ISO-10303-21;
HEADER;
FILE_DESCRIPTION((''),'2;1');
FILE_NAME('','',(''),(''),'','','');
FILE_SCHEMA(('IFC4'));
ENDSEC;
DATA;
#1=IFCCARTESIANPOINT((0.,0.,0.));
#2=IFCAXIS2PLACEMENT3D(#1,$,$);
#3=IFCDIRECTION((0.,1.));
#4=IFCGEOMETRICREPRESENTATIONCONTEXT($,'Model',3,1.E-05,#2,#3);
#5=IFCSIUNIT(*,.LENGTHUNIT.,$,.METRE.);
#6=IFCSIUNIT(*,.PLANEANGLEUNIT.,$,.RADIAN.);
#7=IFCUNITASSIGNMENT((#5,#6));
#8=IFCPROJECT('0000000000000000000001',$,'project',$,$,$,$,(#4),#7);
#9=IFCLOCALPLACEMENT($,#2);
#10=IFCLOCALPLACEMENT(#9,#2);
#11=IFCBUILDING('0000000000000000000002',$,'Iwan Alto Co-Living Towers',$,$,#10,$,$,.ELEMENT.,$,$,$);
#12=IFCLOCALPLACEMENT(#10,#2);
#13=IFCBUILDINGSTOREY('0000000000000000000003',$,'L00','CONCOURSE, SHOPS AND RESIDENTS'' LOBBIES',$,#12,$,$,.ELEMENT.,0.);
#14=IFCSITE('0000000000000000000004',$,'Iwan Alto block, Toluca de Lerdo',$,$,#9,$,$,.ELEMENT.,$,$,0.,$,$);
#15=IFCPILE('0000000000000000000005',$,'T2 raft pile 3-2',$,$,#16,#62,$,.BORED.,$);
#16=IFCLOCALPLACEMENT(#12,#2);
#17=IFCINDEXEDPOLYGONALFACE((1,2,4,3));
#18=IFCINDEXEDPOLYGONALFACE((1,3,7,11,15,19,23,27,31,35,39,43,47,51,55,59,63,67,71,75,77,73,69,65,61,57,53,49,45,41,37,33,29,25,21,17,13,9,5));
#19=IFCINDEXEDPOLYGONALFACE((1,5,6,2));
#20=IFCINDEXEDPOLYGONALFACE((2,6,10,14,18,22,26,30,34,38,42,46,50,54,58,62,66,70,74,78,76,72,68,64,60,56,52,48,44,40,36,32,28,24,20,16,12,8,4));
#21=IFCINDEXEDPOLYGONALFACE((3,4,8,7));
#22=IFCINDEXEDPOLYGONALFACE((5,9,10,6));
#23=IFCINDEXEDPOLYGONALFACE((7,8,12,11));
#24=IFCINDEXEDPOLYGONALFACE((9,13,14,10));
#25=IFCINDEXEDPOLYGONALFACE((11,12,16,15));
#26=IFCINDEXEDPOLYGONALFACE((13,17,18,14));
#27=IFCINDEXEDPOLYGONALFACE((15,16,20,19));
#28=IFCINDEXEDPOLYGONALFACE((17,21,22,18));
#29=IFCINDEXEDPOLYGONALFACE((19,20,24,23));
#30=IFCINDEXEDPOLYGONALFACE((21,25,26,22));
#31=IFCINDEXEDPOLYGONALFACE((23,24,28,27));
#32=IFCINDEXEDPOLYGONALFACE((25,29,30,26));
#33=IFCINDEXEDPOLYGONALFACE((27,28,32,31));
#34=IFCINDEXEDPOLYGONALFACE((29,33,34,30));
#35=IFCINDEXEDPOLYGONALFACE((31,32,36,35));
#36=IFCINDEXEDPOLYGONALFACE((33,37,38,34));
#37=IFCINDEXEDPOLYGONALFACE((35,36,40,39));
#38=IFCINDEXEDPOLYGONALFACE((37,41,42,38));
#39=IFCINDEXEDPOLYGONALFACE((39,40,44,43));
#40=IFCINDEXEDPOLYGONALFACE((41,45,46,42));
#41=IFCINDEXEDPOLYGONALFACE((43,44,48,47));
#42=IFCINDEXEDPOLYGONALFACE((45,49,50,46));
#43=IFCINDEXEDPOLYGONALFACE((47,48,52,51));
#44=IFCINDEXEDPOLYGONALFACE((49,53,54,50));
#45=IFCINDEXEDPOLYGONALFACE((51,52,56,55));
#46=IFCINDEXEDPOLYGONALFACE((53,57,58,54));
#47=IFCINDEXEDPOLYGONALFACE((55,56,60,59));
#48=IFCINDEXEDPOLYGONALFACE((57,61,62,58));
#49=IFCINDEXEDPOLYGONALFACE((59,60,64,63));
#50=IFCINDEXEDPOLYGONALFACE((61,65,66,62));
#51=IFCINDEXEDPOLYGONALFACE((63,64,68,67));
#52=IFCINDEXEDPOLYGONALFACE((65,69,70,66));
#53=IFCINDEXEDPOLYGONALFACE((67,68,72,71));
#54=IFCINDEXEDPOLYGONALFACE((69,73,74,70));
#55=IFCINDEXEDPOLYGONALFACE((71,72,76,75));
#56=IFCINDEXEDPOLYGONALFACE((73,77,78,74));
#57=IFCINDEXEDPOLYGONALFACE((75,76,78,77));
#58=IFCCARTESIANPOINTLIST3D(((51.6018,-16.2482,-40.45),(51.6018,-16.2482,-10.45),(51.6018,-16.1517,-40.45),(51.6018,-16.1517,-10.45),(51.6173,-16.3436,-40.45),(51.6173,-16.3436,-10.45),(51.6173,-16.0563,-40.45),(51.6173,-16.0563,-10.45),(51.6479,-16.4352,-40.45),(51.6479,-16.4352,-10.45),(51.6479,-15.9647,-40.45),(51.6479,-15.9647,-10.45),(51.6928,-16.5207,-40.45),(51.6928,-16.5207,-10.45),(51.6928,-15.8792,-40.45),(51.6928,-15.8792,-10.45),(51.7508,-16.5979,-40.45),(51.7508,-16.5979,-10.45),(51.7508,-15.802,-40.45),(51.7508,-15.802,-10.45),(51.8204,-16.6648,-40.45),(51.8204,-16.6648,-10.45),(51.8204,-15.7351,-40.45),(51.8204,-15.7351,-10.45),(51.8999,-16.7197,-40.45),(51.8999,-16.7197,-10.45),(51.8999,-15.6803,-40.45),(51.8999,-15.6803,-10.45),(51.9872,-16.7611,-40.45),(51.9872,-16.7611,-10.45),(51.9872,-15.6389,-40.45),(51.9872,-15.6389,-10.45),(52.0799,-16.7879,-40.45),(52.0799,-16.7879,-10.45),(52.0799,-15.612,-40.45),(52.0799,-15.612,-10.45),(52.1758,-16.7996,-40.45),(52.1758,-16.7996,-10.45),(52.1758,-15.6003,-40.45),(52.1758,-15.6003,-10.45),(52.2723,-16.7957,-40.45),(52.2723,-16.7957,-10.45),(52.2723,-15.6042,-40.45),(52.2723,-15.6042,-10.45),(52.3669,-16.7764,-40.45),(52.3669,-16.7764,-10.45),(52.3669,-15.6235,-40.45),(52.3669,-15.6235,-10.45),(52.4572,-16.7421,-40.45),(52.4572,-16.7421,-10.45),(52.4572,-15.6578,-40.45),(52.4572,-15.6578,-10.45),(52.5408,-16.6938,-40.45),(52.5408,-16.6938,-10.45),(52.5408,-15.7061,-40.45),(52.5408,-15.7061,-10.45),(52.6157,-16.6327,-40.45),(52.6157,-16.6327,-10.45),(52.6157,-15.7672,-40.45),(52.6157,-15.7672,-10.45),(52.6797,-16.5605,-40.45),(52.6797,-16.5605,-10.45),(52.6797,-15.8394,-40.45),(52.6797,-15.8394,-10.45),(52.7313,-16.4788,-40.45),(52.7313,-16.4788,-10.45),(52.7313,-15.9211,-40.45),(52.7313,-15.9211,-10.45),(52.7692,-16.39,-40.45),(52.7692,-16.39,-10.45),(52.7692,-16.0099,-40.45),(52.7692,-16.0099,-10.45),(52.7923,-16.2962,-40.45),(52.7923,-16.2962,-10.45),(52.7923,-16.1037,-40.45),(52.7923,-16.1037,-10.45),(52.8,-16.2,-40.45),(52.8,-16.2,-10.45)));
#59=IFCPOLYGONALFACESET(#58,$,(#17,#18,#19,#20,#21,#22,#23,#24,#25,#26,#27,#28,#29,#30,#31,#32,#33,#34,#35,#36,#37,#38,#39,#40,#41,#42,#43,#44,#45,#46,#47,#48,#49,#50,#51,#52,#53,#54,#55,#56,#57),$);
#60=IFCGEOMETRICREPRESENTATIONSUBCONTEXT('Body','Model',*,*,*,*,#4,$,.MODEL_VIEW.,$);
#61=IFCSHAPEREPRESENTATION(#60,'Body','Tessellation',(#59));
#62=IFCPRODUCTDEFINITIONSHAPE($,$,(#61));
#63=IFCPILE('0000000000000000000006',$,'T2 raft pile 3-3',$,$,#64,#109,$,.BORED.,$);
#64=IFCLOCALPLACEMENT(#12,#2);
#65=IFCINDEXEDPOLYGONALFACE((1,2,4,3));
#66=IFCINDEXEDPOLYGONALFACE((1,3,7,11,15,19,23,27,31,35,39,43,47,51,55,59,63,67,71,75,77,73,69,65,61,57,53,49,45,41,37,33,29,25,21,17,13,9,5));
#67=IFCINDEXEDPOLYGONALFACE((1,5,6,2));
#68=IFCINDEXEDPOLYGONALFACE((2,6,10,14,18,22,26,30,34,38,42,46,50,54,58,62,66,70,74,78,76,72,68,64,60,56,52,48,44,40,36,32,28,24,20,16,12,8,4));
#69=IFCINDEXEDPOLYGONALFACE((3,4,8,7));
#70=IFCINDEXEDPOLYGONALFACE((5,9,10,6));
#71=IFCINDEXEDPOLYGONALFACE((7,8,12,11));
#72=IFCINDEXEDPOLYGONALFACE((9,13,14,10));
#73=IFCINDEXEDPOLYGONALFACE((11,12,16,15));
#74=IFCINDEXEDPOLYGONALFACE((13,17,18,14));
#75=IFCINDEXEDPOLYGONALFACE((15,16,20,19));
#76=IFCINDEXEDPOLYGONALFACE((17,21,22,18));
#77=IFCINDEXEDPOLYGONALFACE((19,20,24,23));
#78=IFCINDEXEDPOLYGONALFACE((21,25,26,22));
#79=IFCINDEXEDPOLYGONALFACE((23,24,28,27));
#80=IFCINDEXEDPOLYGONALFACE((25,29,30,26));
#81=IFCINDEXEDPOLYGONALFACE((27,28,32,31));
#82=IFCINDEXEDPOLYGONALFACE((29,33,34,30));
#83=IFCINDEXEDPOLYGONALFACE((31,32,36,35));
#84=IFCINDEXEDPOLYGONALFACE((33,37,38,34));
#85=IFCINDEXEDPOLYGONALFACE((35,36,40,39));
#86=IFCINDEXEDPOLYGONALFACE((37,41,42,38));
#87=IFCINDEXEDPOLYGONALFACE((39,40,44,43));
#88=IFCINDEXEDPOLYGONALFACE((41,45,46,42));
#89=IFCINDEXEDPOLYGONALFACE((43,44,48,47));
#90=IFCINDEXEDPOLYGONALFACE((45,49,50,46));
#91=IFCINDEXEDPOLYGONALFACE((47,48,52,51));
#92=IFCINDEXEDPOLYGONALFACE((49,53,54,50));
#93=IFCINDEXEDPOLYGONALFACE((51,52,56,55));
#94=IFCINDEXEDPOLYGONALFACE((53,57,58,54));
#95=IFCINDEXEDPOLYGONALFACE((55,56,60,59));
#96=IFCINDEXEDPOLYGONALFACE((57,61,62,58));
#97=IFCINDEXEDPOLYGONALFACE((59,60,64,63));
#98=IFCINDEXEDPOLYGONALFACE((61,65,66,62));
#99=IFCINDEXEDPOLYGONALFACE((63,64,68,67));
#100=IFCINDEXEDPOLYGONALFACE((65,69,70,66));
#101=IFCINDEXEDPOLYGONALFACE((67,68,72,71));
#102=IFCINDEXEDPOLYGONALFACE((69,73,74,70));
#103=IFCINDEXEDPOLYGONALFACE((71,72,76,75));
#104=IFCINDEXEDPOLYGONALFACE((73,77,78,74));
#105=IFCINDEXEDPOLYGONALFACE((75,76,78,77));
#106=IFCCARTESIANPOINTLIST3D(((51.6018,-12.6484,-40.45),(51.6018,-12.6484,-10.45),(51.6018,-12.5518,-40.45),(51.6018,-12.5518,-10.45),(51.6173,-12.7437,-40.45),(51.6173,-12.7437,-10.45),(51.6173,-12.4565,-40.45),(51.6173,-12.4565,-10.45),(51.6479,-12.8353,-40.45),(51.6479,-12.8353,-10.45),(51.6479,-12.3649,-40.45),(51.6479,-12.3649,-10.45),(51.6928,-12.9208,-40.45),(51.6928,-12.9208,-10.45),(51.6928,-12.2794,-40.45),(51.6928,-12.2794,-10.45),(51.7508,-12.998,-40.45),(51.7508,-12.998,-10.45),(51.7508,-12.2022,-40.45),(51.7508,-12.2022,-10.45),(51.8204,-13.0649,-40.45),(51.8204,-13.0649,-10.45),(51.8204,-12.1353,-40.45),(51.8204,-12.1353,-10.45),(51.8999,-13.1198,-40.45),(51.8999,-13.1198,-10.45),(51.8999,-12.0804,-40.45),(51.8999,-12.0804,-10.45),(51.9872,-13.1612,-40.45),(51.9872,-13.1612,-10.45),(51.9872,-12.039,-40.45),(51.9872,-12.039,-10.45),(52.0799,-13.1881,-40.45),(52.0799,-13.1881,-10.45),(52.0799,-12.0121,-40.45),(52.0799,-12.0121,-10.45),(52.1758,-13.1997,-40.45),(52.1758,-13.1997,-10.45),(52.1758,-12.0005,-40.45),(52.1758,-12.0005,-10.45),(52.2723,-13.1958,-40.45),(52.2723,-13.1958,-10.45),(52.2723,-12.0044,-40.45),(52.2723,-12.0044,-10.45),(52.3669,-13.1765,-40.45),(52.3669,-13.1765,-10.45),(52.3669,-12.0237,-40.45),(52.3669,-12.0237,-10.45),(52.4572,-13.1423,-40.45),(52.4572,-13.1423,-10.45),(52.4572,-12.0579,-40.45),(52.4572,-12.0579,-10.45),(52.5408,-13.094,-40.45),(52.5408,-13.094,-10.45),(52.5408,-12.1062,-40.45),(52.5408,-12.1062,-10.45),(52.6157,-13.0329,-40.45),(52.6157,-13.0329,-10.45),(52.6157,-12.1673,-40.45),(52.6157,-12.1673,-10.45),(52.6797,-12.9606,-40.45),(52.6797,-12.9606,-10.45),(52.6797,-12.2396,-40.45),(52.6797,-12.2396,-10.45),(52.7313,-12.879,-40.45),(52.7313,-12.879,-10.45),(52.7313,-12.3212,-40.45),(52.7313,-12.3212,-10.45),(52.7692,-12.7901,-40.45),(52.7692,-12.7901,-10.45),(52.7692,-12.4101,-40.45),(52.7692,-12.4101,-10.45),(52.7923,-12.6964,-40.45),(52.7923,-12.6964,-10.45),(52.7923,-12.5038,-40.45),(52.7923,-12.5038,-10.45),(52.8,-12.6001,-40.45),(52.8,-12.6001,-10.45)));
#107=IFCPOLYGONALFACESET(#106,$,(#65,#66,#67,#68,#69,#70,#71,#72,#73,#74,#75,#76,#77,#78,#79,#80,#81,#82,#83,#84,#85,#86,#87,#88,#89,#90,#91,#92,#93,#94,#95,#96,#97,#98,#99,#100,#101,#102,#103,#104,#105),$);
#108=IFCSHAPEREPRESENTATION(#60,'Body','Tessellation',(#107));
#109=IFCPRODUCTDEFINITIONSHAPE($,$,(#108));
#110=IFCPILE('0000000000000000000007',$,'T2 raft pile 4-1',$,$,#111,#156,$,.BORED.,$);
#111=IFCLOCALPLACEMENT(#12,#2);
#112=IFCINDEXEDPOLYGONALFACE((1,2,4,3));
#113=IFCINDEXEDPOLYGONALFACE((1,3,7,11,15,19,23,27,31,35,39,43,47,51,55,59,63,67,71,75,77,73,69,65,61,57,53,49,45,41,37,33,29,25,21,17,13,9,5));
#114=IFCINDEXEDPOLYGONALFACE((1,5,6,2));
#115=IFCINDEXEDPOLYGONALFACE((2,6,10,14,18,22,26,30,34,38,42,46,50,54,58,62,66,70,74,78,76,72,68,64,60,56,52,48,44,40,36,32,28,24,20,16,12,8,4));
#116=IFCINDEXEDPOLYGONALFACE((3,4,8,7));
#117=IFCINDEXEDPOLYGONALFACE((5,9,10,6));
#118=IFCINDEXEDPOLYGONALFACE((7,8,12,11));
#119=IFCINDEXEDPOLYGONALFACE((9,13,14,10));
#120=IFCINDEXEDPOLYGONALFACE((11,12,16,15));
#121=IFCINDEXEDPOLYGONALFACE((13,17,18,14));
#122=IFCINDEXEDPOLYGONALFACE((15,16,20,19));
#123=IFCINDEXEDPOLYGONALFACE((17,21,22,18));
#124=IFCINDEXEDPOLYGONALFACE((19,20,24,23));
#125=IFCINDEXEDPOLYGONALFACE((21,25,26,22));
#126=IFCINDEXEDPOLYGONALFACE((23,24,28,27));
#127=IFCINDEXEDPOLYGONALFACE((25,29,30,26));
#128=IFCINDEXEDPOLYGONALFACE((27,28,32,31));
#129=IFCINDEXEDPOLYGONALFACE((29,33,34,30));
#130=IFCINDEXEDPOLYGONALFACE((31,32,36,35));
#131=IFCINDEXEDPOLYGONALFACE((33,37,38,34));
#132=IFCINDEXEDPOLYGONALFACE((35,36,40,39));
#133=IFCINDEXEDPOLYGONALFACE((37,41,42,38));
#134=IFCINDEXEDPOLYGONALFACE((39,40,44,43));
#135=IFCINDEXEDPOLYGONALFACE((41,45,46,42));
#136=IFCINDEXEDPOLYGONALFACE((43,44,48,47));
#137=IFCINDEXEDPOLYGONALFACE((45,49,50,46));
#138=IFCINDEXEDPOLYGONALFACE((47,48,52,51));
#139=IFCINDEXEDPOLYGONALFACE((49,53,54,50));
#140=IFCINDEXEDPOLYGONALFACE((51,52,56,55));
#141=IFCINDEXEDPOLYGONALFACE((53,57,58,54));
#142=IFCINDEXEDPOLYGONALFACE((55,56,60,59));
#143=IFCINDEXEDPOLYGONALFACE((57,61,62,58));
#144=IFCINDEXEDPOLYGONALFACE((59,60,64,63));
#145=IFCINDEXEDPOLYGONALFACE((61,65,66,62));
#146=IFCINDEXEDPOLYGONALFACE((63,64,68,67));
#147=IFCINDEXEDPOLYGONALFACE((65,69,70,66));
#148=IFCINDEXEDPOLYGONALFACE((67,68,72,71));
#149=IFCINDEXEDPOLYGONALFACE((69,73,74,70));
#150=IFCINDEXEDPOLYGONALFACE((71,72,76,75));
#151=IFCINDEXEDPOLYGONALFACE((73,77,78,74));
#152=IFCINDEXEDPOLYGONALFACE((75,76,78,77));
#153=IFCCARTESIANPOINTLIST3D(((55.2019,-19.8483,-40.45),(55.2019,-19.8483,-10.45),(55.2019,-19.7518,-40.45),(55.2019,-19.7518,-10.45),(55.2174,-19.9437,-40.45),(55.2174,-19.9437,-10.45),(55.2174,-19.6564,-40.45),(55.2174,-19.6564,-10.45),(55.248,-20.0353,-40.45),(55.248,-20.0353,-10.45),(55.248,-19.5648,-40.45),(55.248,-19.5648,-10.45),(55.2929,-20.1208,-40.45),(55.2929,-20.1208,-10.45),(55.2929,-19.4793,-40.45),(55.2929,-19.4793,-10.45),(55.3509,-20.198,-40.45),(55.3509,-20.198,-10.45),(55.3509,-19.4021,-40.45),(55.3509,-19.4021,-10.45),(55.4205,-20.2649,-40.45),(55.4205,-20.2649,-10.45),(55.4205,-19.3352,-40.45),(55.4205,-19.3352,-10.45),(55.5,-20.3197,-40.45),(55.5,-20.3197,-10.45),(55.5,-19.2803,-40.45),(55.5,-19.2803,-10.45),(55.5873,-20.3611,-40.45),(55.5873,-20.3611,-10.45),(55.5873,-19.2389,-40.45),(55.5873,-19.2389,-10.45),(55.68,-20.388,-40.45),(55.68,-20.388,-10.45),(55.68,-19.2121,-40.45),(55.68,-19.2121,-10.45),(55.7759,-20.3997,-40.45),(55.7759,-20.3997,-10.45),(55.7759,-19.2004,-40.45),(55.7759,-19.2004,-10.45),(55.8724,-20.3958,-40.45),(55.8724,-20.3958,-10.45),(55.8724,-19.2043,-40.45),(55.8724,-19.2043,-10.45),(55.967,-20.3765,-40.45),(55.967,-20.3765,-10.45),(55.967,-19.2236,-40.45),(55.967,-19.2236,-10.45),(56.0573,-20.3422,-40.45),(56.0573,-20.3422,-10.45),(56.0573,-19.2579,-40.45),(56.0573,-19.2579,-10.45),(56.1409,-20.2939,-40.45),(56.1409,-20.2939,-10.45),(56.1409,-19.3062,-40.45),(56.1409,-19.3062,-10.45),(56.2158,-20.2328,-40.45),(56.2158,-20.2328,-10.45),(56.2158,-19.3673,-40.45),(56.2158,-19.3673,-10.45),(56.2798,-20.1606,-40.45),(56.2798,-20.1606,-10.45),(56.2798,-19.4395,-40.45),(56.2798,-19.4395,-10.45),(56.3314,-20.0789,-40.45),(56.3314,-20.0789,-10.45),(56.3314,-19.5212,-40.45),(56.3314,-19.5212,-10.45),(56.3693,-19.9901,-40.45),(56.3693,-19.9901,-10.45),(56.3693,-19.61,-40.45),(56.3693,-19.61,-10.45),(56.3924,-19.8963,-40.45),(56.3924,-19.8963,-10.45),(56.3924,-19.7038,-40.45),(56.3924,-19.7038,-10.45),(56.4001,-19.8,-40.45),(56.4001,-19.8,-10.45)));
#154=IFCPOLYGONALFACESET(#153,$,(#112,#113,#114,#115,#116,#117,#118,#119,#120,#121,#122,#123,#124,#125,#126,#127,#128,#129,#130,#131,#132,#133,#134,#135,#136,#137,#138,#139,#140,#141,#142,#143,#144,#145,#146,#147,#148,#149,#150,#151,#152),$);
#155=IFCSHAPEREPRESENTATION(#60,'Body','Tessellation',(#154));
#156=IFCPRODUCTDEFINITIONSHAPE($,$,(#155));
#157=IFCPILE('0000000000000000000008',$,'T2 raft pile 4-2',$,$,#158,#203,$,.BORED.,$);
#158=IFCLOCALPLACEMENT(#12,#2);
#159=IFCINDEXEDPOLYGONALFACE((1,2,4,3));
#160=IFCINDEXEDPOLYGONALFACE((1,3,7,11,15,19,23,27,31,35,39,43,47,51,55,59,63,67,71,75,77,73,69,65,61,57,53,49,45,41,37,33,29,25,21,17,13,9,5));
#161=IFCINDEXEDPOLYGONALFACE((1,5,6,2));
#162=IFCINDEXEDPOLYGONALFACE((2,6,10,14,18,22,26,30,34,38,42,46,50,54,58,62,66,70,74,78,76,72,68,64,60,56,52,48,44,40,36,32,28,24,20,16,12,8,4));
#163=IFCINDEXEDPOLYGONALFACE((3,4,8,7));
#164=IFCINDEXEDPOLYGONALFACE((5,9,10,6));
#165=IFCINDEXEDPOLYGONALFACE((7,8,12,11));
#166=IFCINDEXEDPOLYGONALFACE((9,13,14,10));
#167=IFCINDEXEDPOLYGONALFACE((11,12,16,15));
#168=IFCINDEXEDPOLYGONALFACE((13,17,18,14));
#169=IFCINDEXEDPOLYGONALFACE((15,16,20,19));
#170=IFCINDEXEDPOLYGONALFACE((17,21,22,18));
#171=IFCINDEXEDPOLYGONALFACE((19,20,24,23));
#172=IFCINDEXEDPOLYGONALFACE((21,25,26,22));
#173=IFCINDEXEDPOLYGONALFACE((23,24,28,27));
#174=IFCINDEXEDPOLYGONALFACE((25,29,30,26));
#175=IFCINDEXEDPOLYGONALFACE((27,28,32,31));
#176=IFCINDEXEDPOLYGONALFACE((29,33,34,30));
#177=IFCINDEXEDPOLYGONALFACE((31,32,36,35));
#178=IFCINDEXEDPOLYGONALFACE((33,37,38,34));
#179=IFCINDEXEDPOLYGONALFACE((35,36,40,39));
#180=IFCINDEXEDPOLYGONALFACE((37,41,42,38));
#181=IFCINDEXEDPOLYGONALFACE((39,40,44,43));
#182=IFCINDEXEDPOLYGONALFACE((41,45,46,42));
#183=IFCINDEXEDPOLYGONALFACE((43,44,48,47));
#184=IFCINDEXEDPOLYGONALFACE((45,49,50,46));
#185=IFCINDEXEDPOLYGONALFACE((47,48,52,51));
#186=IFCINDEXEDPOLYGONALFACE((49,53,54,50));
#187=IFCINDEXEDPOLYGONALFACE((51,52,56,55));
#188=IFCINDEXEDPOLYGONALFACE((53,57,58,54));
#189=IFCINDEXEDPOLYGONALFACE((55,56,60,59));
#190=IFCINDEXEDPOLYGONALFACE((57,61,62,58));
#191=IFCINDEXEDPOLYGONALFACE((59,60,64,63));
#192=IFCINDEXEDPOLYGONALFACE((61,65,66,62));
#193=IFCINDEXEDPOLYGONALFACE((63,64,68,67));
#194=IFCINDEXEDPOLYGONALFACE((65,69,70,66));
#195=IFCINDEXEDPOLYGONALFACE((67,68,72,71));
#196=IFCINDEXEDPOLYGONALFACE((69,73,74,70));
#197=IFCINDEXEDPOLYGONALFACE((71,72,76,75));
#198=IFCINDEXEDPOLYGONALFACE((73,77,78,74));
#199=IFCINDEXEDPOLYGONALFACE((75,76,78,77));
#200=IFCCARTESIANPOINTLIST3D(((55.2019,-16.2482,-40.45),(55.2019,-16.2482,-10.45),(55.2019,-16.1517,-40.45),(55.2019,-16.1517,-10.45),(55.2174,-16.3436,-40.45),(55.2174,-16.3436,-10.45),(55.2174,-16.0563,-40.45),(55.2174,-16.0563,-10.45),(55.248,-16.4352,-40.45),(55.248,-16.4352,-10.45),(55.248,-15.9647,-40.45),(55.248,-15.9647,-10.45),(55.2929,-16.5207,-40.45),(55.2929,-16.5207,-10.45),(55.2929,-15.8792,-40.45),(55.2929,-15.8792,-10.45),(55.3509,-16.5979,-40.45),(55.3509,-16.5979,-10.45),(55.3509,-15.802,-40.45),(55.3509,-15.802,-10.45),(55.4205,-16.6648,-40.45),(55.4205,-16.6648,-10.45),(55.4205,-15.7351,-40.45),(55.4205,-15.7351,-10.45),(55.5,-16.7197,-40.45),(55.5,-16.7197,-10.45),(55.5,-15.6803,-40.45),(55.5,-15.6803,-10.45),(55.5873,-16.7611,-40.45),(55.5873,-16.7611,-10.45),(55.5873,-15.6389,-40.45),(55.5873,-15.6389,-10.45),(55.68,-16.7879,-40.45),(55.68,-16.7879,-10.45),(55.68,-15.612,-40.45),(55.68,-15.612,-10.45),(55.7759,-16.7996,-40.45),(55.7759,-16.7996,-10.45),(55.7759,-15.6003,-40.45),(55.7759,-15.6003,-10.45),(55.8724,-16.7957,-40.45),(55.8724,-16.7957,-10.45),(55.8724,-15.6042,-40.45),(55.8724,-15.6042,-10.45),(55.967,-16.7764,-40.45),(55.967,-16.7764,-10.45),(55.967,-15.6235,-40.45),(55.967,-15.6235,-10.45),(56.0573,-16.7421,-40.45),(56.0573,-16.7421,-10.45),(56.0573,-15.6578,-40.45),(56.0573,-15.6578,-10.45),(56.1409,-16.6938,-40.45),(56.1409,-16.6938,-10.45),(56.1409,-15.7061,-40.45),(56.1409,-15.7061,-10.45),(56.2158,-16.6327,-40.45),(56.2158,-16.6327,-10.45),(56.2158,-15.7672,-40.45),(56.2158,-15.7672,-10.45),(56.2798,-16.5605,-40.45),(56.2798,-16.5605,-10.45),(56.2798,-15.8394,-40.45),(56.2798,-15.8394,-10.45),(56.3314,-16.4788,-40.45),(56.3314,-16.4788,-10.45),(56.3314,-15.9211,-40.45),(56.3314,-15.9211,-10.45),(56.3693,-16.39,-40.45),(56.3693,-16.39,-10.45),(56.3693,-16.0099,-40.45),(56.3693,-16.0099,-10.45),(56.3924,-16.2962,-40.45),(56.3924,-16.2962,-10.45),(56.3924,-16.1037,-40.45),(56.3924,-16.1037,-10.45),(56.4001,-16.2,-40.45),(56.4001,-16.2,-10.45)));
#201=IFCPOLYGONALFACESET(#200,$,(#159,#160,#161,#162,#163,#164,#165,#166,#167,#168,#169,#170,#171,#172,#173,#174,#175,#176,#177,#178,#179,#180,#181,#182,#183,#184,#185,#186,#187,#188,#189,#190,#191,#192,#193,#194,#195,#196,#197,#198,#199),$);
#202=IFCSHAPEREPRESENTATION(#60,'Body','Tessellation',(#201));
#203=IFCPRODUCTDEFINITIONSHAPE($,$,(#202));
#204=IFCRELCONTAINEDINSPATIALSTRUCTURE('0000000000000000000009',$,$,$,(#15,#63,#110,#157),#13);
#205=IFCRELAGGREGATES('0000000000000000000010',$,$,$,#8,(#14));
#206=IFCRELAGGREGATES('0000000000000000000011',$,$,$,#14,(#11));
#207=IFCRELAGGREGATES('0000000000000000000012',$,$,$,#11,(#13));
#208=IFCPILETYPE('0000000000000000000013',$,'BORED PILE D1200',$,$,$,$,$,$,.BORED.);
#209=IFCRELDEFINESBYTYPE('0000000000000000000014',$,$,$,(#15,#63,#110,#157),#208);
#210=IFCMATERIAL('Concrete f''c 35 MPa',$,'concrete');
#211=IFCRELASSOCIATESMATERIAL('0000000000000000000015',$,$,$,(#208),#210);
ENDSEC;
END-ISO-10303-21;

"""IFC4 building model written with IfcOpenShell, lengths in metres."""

from ifc_helpers import new_model, si_unit, direction, frame, origin, origin_2d, place, context, subcontext, project, spatial, circle, extrude, material, material_profile, profile_set, type_object, element, save


model = new_model("IFC4")

# Units and contexts
model_context = context("Model", 3, precision=1e-05, world=origin(), true_north=direction((0.0, 1.0)))
body_context = subcontext(model_context, "Body", "Model", "MODEL_VIEW")
ifc_project = project(units=[si_unit("LENGTHUNIT", "METRE"), si_unit("PLANEANGLEUNIT", "RADIAN")], contexts=[model_context])

# Site, building, storey
site_placement = place(None, origin())
site = spatial("IfcSite", under=ifc_project, at=site_placement, Name="Iwan Alto block, Toluca de Lerdo", CompositionType="ELEMENT", RefElevation=0.0)
building_placement = place(site_placement, origin())
building = spatial("IfcBuilding", under=site, at=building_placement, Name="Iwan Alto Co-Living Towers", CompositionType="ELEMENT")
storey_placement = place(building_placement, origin())
storey = spatial("IfcBuildingStorey", under=building, at=storey_placement, Name="L00", Description="CONCOURSE, SHOPS AND RESIDENTS' LOBBIES", CompositionType="ELEMENT", Elevation=0.0)

# Piles
ifc_material_1 = material(Name="Concrete f'c 35 MPa", Category="concrete")
ifc_material_profile_1 = material_profile(ifc_material_1, circle(Radius=0.6001, at=origin_2d()), Name="D1200")
ifc_profile_set_1 = profile_set([ifc_material_profile_1], Name="Concrete f'c 35 MPa")
pile_type_1 = type_object("IfcPileType", Name="BORED PILE D1200", PredefinedType="BORED", material=ifc_profile_set_1)
for number, where, z_axis, x_axis, name in (
    (1, (52.2, -16.2, -10.45), (0.0, 0.0, -1.0), (1.0, 0.0, 0.0), "T2 raft pile 3-2"),
    (2, (52.2, -12.6001, -10.45), (0.0, 0.0, -1.0), (1.0, 0.0, 0.0), "T2 raft pile 3-3"),
    (3, (55.8, -19.8, -10.45), (0.0, 0.0, -1.0), (1.0, 0.0, 0.0), "T2 raft pile 4-1"),
    (4, (55.8, -16.2, -10.45), (0.0, 0.0, -1.0), (1.0, 0.0, 0.0), "T2 raft pile 4-2"),
):
    element("IfcPile", number, at=place(storey_placement, frame(where, z_axis=z_axis, x_axis=x_axis)), inside=storey, type_object=pile_type_1, Name=name, PredefinedType="BORED", context=body_context, shape_type="SweptSolid", body=[
        extrude(circle(Radius=0.6001, at=origin_2d()), origin(), (0.0, 0.0, 1.0), 30.0),
    ])

save(model, "model.ifc")
